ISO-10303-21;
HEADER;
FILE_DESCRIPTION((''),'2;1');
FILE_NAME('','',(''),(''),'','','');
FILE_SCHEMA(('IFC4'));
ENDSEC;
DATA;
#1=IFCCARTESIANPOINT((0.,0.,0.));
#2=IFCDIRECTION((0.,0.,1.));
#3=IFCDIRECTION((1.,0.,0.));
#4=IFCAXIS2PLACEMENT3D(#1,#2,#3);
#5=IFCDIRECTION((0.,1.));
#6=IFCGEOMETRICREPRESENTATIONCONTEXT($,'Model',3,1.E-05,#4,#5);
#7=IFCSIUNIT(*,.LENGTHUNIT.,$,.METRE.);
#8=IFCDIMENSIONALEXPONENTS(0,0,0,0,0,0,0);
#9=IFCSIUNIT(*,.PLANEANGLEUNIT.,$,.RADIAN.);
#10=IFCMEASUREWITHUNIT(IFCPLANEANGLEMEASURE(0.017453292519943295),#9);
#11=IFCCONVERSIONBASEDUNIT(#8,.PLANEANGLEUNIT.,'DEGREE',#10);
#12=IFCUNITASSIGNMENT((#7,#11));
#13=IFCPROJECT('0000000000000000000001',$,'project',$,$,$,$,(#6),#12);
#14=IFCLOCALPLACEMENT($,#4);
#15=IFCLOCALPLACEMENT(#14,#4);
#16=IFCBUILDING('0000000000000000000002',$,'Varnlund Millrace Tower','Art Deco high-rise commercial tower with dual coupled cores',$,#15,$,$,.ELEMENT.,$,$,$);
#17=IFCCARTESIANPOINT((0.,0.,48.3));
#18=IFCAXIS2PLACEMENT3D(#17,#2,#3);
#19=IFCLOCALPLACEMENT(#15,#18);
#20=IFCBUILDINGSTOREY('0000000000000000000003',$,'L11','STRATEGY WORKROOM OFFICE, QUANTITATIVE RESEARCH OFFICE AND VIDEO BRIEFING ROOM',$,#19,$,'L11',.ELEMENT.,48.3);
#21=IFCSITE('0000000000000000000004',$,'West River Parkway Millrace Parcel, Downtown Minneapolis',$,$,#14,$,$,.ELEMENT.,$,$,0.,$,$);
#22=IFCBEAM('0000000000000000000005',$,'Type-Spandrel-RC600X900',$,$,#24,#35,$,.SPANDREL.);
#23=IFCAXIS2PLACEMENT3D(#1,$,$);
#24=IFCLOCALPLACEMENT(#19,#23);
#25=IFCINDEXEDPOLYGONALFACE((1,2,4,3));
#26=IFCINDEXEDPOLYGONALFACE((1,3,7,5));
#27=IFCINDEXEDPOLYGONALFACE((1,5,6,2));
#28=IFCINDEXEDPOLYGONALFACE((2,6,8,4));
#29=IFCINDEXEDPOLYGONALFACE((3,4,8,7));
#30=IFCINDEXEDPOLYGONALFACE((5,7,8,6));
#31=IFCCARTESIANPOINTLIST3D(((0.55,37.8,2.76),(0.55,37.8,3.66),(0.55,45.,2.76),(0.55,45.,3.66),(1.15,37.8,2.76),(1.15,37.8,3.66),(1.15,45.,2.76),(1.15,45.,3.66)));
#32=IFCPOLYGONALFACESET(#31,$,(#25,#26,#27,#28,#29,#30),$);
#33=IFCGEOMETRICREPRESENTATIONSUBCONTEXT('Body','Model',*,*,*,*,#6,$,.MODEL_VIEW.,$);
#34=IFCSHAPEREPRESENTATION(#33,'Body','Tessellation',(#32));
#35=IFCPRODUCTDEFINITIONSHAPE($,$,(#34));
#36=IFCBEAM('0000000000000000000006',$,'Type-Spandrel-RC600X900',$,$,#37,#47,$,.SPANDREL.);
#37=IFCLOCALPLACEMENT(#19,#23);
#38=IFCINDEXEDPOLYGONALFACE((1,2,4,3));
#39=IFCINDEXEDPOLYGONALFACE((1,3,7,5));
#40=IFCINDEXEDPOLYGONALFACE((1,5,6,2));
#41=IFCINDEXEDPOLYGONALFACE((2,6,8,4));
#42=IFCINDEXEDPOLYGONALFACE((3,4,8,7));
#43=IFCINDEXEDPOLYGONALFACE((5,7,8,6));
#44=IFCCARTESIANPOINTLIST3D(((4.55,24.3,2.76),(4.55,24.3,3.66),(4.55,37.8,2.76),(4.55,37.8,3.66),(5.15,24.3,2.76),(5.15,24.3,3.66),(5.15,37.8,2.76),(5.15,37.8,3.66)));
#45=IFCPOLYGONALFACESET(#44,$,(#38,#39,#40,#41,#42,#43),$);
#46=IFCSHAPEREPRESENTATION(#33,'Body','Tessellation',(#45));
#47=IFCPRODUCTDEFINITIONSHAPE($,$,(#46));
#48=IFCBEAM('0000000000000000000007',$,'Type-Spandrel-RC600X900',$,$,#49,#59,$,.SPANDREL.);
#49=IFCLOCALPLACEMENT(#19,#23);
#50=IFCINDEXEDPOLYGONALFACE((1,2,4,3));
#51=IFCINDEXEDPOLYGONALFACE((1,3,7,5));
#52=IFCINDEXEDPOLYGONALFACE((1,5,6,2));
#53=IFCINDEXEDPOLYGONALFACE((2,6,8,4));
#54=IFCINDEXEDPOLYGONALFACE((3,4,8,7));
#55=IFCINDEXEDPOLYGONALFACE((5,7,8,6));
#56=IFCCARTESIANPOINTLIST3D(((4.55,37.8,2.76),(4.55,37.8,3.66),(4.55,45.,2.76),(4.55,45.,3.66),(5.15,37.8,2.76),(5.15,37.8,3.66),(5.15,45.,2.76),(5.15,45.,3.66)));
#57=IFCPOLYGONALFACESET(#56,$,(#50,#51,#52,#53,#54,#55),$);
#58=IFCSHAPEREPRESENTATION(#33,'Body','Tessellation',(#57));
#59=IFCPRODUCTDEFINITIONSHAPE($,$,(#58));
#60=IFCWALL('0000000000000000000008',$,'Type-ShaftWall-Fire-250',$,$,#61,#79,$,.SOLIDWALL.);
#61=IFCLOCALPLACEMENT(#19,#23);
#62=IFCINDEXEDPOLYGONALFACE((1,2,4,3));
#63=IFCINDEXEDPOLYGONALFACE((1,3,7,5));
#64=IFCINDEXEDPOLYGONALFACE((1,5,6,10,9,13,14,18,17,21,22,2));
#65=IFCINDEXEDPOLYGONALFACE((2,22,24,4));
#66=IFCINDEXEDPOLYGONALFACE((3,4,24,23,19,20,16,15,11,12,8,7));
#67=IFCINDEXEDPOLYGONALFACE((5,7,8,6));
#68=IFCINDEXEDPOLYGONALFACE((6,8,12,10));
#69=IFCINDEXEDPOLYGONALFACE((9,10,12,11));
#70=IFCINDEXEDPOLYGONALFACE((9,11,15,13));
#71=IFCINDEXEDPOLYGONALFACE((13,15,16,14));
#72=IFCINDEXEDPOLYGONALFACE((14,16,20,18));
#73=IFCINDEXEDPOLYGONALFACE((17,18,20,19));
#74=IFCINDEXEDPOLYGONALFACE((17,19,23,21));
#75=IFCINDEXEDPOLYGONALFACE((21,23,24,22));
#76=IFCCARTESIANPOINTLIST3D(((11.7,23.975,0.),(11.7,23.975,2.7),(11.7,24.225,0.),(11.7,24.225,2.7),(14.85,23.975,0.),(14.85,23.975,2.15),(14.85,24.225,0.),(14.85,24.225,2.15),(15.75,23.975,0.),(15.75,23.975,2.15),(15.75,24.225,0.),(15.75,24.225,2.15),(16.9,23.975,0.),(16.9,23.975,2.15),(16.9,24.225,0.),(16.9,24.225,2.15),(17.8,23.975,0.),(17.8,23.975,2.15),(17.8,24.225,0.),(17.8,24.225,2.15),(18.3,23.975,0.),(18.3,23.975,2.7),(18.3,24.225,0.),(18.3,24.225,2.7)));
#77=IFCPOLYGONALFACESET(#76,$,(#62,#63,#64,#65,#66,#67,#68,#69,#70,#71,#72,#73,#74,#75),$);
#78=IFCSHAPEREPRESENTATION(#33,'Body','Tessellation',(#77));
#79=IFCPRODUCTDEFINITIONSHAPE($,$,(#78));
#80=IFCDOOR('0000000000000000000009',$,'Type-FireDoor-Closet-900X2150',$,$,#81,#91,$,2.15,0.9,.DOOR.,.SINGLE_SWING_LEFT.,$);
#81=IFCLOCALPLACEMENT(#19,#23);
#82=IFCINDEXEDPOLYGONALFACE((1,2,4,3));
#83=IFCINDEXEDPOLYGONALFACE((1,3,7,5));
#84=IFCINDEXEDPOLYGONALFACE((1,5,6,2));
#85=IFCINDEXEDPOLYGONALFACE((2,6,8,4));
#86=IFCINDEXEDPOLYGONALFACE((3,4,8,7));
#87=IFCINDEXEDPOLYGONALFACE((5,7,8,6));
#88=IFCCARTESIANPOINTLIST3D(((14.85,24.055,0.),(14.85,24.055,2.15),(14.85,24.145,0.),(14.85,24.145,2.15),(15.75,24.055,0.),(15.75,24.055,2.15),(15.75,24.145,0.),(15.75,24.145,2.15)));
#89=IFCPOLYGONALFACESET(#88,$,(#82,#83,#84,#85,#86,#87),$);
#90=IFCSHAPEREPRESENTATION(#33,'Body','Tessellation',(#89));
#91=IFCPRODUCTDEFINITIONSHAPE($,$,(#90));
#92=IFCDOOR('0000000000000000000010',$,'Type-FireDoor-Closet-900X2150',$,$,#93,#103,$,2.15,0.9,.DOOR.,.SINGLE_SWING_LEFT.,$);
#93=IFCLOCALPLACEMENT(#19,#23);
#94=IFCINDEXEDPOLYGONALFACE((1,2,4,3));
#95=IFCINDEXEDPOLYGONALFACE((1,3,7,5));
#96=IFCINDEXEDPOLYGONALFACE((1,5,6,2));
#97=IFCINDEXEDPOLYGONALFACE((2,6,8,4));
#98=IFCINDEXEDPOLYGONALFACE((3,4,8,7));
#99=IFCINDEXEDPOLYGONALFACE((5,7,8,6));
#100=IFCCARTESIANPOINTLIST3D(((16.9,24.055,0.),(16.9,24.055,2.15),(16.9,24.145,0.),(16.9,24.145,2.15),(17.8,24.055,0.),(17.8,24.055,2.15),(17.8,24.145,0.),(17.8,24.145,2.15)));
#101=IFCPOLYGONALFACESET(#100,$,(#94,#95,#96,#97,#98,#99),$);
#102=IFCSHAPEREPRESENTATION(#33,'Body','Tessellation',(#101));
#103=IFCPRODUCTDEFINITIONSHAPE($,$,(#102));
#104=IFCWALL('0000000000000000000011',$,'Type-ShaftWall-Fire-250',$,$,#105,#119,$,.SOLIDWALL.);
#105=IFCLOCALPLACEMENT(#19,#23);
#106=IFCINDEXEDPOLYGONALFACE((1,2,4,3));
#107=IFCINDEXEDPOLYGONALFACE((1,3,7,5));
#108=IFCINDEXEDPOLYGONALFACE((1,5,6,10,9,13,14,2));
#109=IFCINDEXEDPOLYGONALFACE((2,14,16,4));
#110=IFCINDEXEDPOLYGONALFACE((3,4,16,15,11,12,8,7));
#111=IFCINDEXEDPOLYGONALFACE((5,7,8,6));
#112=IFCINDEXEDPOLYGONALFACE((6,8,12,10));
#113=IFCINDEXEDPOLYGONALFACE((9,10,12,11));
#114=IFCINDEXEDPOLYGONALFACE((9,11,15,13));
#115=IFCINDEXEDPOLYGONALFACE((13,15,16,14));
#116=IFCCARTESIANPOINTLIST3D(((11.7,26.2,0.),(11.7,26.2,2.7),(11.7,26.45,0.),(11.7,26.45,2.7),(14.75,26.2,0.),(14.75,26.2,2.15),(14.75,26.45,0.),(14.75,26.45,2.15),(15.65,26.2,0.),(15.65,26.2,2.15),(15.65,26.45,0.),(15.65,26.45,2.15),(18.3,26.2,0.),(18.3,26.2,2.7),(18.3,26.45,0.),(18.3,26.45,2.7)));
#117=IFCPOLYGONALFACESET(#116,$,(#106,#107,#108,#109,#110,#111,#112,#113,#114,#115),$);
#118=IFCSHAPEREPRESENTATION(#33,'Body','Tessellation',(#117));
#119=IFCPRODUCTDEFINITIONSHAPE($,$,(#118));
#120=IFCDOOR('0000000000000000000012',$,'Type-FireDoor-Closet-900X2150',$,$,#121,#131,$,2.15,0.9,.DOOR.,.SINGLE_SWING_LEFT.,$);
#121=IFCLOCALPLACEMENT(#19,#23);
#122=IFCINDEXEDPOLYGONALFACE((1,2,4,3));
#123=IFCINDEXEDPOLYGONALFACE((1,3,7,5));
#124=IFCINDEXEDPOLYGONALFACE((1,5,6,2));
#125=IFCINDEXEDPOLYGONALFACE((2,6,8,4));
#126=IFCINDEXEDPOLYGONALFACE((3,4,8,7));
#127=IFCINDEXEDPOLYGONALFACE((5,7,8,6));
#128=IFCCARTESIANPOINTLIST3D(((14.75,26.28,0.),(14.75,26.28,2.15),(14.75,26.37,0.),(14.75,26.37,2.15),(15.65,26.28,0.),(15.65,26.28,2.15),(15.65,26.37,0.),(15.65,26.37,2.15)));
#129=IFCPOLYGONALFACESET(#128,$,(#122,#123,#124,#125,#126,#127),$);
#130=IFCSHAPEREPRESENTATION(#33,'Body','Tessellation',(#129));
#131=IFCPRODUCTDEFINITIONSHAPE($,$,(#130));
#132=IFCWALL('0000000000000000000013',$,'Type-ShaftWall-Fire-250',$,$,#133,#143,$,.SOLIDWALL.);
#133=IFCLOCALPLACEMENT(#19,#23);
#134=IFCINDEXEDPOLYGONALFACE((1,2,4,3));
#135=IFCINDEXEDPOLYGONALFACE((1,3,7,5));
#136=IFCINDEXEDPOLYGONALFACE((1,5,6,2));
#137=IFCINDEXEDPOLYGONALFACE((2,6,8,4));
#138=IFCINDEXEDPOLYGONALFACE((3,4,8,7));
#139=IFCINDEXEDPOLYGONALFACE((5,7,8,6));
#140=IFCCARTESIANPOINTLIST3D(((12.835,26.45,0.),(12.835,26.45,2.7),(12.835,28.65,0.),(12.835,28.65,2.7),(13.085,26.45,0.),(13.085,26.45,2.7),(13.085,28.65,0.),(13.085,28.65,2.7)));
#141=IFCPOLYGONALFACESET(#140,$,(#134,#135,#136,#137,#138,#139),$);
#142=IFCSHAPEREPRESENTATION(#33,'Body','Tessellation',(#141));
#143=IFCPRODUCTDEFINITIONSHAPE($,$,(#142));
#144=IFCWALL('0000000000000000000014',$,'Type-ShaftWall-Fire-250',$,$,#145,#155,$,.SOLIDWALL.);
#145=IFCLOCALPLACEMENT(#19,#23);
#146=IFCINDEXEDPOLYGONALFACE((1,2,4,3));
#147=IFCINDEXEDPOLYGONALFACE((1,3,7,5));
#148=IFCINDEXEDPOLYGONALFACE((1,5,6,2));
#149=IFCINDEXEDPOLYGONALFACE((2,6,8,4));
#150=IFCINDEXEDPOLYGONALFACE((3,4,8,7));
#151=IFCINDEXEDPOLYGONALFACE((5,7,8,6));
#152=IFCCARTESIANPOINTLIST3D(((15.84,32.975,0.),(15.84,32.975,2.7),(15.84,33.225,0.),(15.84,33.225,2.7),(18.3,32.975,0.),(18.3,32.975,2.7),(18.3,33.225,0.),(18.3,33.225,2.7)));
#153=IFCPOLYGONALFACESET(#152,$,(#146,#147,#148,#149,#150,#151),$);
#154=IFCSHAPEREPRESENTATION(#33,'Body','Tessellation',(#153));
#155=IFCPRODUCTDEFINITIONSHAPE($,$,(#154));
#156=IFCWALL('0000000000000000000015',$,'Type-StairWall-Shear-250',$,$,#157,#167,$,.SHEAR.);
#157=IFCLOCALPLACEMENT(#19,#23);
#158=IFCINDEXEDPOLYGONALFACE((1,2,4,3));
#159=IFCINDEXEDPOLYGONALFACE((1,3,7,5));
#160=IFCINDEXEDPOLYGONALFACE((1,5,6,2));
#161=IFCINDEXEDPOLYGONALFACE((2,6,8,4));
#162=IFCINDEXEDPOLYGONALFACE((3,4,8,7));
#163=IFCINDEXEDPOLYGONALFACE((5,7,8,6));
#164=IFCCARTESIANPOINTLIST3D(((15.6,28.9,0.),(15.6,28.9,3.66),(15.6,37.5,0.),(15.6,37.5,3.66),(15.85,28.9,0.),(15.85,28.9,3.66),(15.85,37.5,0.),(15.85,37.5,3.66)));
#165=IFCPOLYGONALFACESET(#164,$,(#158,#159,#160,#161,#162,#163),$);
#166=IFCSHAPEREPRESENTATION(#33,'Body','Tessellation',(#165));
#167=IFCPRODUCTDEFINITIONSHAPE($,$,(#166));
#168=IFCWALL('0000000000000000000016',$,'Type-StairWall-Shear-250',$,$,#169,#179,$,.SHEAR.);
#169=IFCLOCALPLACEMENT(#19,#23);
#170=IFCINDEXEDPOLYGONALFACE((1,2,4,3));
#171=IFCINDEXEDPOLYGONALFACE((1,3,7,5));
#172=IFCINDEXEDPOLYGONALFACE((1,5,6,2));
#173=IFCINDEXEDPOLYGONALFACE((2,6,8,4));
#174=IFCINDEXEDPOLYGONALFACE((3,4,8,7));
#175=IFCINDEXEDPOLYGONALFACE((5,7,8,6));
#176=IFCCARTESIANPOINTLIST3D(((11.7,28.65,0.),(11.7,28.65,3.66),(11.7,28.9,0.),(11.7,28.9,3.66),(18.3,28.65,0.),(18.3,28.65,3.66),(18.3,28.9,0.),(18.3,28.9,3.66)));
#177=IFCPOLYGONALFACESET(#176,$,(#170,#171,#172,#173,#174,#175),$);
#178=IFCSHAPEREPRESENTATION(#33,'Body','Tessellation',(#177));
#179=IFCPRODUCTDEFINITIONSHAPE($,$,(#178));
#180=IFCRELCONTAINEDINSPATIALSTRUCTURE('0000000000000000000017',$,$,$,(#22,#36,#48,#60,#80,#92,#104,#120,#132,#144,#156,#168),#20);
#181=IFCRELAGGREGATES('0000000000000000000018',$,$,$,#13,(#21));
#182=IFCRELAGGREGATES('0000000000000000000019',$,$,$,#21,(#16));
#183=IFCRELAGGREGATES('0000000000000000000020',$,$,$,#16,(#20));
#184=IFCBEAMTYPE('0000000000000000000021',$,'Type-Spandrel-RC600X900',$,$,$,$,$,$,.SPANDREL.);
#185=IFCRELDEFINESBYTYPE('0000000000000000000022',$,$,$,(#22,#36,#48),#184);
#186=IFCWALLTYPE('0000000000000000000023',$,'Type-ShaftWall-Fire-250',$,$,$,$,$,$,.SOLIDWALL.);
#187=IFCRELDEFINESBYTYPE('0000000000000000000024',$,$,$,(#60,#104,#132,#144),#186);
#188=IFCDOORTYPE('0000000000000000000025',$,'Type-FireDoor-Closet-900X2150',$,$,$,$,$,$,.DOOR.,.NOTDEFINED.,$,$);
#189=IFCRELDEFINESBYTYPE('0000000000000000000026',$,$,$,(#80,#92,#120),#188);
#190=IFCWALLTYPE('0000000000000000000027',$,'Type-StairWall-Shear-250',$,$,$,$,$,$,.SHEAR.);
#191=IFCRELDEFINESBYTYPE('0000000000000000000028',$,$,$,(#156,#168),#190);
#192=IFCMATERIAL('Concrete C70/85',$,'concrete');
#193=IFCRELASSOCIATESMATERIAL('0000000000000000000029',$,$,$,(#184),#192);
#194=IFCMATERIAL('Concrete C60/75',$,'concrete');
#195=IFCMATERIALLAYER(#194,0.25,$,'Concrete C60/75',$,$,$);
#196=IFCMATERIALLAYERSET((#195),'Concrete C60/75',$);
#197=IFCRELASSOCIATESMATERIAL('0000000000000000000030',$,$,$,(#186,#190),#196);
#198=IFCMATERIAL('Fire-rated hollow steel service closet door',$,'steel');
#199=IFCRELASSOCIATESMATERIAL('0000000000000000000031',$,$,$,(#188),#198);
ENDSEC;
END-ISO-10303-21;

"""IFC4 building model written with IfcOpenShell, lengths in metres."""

from ifc_helpers import new_model, entity, si_unit, converted_unit, direction, frame, origin_with_axes, origin_2d_with_axis, place, context, subcontext, project, spatial, polyline, rectangle, outline, extrude, material, layer, layer_set, material_profile, profile_set, type_object, element, fill, save


model = new_model("IFC4")

# Units and contexts
model_context = context("Model", 3, precision=1e-05, world=origin_with_axes(), true_north=direction((0.0, 1.0)))
body_context = subcontext(model_context, "Body", "Model", "MODEL_VIEW")
ifc_project = project(units=[si_unit("LENGTHUNIT", "METRE"), converted_unit("PLANEANGLEUNIT", "DEGREE", entity("IfcPlaneAngleMeasure", 0.017453292519943295), si_unit("PLANEANGLEUNIT", "RADIAN"), dimensions=[0, 0, 0, 0, 0, 0, 0])], contexts=[model_context])

# Site, building, storey
site_placement = place(None, origin_with_axes())
site = spatial("IfcSite", under=ifc_project, at=site_placement, Name="West River Parkway Millrace Parcel, Downtown Minneapolis", CompositionType="ELEMENT", RefElevation=0.0)
building_placement = place(site_placement, origin_with_axes())
building = spatial("IfcBuilding", under=site, at=building_placement, Name="Varnlund Millrace Tower", Description="Art Deco high-rise commercial tower with dual coupled cores", CompositionType="ELEMENT")
storey_placement = place(building_placement, frame((0.0, 0.0, 48.3), z_axis=(0.0, 0.0, 1.0), x_axis=(1.0, 0.0, 0.0)))
storey = spatial("IfcBuildingStorey", under=building, at=storey_placement, Name="L11", Description="STRATEGY WORKROOM OFFICE, QUANTITATIVE RESEARCH OFFICE AND VIDEO BRIEFING ROOM", LongName="L11", CompositionType="ELEMENT", Elevation=48.3)

# Beams
ifc_material_1 = material(Name="Concrete C70/85", Category="concrete")
ifc_material_profile_1 = material_profile(ifc_material_1, rectangle(XDim=0.6, YDim=0.9, at=origin_2d_with_axis()), Name="Concrete C70/85")
ifc_profile_set_1 = profile_set([ifc_material_profile_1], Name="Concrete C70/85")
beam_type_1 = type_object("IfcBeamType", Name="Type-Spandrel-RC600X900", PredefinedType="SPANDREL", material=ifc_profile_set_1)
beam_1_placement = place(storey_placement, frame((0.85, 37.8, 3.21), z_axis=(0.0, 1.0, 0.0), x_axis=(-1.0, 0.0, 0.0)))
element("IfcBeam", 1, at=beam_1_placement, inside=storey, type_object=beam_type_1, Name="Type-Spandrel-RC600X900", PredefinedType="SPANDREL", context=body_context, shape_type="SweptSolid", body=[
    extrude(rectangle(XDim=0.6, YDim=0.9, at=origin_2d_with_axis()), origin_with_axes(), (0.0, 0.0, 1.0), 7.2),
])
beam_2_placement = place(storey_placement, frame((4.85, 24.3, 3.21), z_axis=(0.0, 1.0, 0.0), x_axis=(-1.0, 0.0, 0.0)))
element("IfcBeam", 2, at=beam_2_placement, inside=storey, type_object=beam_type_1, Name="Type-Spandrel-RC600X900", PredefinedType="SPANDREL", context=body_context, shape_type="SweptSolid", body=[
    extrude(rectangle(XDim=0.6, YDim=0.9, at=origin_2d_with_axis()), origin_with_axes(), (0.0, 0.0, 1.0), 13.5),
])
beam_3_placement = place(storey_placement, frame((4.85, 37.8, 3.21), z_axis=(0.0, 1.0, 0.0), x_axis=(-1.0, 0.0, 0.0)))
element("IfcBeam", 3, at=beam_3_placement, inside=storey, type_object=beam_type_1, Name="Type-Spandrel-RC600X900", PredefinedType="SPANDREL", context=body_context, shape_type="SweptSolid", body=[
    extrude(rectangle(XDim=0.6, YDim=0.9, at=origin_2d_with_axis()), origin_with_axes(), (0.0, 0.0, 1.0), 7.2),
])

# Wall, openings, doors
ifc_material_2 = material(Name="Concrete C60/75", Category="concrete")
ifc_layer = layer(ifc_material_2, 0.25, Name="Concrete C60/75")
ifc_layer_set = layer_set([ifc_layer], Name="Concrete C60/75")
wall_type_1 = type_object("IfcWallType", Name="Type-ShaftWall-Fire-250", PredefinedType="SOLIDWALL", material=ifc_layer_set)
wall_1_placement = place(storey_placement, frame((11.7, 24.1, 0.0), z_axis=(0.0, 0.0, 1.0), x_axis=(1.0, 0.0, 0.0)))
wall_1 = element("IfcWall", 4, at=wall_1_placement, inside=storey, type_object=wall_type_1, Name="Type-ShaftWall-Fire-250", PredefinedType="SOLIDWALL", context=body_context, shape_type="SweptSolid", body=[
    extrude(outline(polyline([(0.0, -0.125), (6.6, -0.125), (6.6, 0.125), (0.0, 0.125), (0.0, -0.125)])), origin_with_axes(), (0.0, 0.0, 1.0), 2.7),
])
opening_1_placement = place(wall_1_placement, frame((3.6, 0.0, 0.0), z_axis=(0.0, 0.0, 1.0), x_axis=(1.0, 0.0, 0.0)))
opening_1 = element("IfcOpeningElement", 5, at=opening_1_placement, cuts=wall_1, PredefinedType="OPENING", context=body_context, shape_type="SweptSolid", body=[
    extrude(rectangle(XDim=0.9, YDim=0.27, at=origin_2d_with_axis()), origin_with_axes(), (0.0, 0.0, 1.0), 2.15),
])
opening_2_placement = place(wall_1_placement, frame((5.65, 0.0, 0.0), z_axis=(0.0, 0.0, 1.0), x_axis=(1.0, 0.0, 0.0)))
opening_2 = element("IfcOpeningElement", 6, at=opening_2_placement, cuts=wall_1, PredefinedType="OPENING", context=body_context, shape_type="SweptSolid", body=[
    extrude(rectangle(XDim=0.9, YDim=0.27, at=origin_2d_with_axis()), origin_with_axes(), (0.0, 0.0, 1.0), 2.15),
])
ifc_material_3 = material(Name="Fire-rated hollow steel service closet door", Category="steel")
door_type = type_object("IfcDoorType", Name="Type-FireDoor-Closet-900X2150", OperationType="NOTDEFINED", PredefinedType="DOOR", material=ifc_material_3)
door_1_placement = place(wall_1_placement, frame((3.6, 0.0, 0.0), z_axis=(0.0, 0.0, 1.0), x_axis=(1.0, 0.0, 0.0)))
door_1 = element("IfcDoor", 7, at=door_1_placement, inside=storey, type_object=door_type, Name="Type-FireDoor-Closet-900X2150", OperationType="SINGLE_SWING_LEFT", OverallHeight=2.15, OverallWidth=0.9, PredefinedType="DOOR", context=body_context, shape_type="SweptSolid", body=[
    extrude(rectangle(XDim=0.9, YDim=0.09, at=origin_2d_with_axis()), origin_with_axes(), (0.0, 0.0, 1.0), 2.15),
])
fill(opening_1, door_1)
door_2_placement = place(wall_1_placement, frame((5.65, 0.0, 0.0), z_axis=(0.0, 0.0, 1.0), x_axis=(1.0, 0.0, 0.0)))
door_2 = element("IfcDoor", 8, at=door_2_placement, inside=storey, type_object=door_type, Name="Type-FireDoor-Closet-900X2150", OperationType="SINGLE_SWING_LEFT", OverallHeight=2.15, OverallWidth=0.9, PredefinedType="DOOR", context=body_context, shape_type="SweptSolid", body=[
    extrude(rectangle(XDim=0.9, YDim=0.09, at=origin_2d_with_axis()), origin_with_axes(), (0.0, 0.0, 1.0), 2.15),
])
fill(opening_2, door_2)

# Wall, opening, door
wall_2_placement = place(storey_placement, frame((11.7, 26.325, 0.0), z_axis=(0.0, 0.0, 1.0), x_axis=(1.0, 0.0, 0.0)))
wall_2 = element("IfcWall", 9, at=wall_2_placement, inside=storey, type_object=wall_type_1, Name="Type-ShaftWall-Fire-250", PredefinedType="SOLIDWALL", context=body_context, shape_type="SweptSolid", body=[
    extrude(outline(polyline([(0.0, -0.125), (6.6, -0.125), (6.6, 0.125), (0.0, 0.125), (0.0, -0.125)])), origin_with_axes(), (0.0, 0.0, 1.0), 2.7),
])
opening_3_placement = place(wall_2_placement, frame((3.5, 0.0, 0.0), z_axis=(0.0, 0.0, 1.0), x_axis=(1.0, 0.0, 0.0)))
opening_3 = element("IfcOpeningElement", 10, at=opening_3_placement, cuts=wall_2, PredefinedType="OPENING", context=body_context, shape_type="SweptSolid", body=[
    extrude(rectangle(XDim=0.9, YDim=0.27, at=origin_2d_with_axis()), origin_with_axes(), (0.0, 0.0, 1.0), 2.15),
])
door_3_placement = place(wall_2_placement, frame((3.5, 0.0, 0.0), z_axis=(0.0, 0.0, 1.0), x_axis=(1.0, 0.0, 0.0)))
door_3 = element("IfcDoor", 11, at=door_3_placement, inside=storey, type_object=door_type, Name="Type-FireDoor-Closet-900X2150", OperationType="SINGLE_SWING_LEFT", OverallHeight=2.15, OverallWidth=0.9, PredefinedType="DOOR", context=body_context, shape_type="SweptSolid", body=[
    extrude(rectangle(XDim=0.9, YDim=0.09, at=origin_2d_with_axis()), origin_with_axes(), (0.0, 0.0, 1.0), 2.15),
])
fill(opening_3, door_3)

# Walls
wall_3_placement = place(storey_placement, frame((12.96, 26.45, 0.0), z_axis=(0.0, 0.0, 1.0), x_axis=(0.0, 1.0, 0.0)))
element("IfcWall", 12, at=wall_3_placement, inside=storey, type_object=wall_type_1, Name="Type-ShaftWall-Fire-250", PredefinedType="SOLIDWALL", context=body_context, shape_type="SweptSolid", body=[
    extrude(outline(polyline([(0.0, -0.125), (2.2, -0.125), (2.2, 0.125), (0.0, 0.125), (0.0, -0.125)])), origin_with_axes(), (0.0, 0.0, 1.0), 2.7),
])
wall_4_placement = place(storey_placement, frame((15.84, 33.1, 0.0), z_axis=(0.0, 0.0, 1.0), x_axis=(1.0, 0.0, 0.0)))
element("IfcWall", 13, at=wall_4_placement, inside=storey, type_object=wall_type_1, Name="Type-ShaftWall-Fire-250", PredefinedType="SOLIDWALL", context=body_context, shape_type="SweptSolid", body=[
    extrude(outline(polyline([(0.0, -0.125), (2.46, -0.125), (2.46, 0.125), (0.0, 0.125), (0.0, -0.125)])), origin_with_axes(), (0.0, 0.0, 1.0), 2.7),
])
wall_type_2 = type_object("IfcWallType", Name="Type-StairWall-Shear-250", PredefinedType="SHEAR", material=ifc_layer_set)
wall_5_placement = place(storey_placement, frame((15.725, 28.9, 0.0), z_axis=(0.0, 0.0, 1.0), x_axis=(0.0, 1.0, 0.0)))
element("IfcWall", 14, at=wall_5_placement, inside=storey, type_object=wall_type_2, Name="Type-StairWall-Shear-250", PredefinedType="SHEAR", context=body_context, shape_type="SweptSolid", body=[
    extrude(outline(polyline([(0.0, -0.125), (8.6, -0.125), (8.6, 0.125), (0.0, 0.125), (0.0, -0.125)])), origin_with_axes(), (0.0, 0.0, 1.0), 3.66),
])
wall_6_placement = place(storey_placement, frame((11.7, 28.775, 0.0), z_axis=(0.0, 0.0, 1.0), x_axis=(1.0, 0.0, 0.0)))
element("IfcWall", 15, at=wall_6_placement, inside=storey, type_object=wall_type_2, Name="Type-StairWall-Shear-250", PredefinedType="SHEAR", context=body_context, shape_type="SweptSolid", body=[
    extrude(outline(polyline([(0.0, -0.125), (6.6, -0.125), (6.6, 0.125), (0.0, 0.125), (0.0, -0.125)])), origin_with_axes(), (0.0, 0.0, 1.0), 3.66),
])

save(model, "model.ifc")
